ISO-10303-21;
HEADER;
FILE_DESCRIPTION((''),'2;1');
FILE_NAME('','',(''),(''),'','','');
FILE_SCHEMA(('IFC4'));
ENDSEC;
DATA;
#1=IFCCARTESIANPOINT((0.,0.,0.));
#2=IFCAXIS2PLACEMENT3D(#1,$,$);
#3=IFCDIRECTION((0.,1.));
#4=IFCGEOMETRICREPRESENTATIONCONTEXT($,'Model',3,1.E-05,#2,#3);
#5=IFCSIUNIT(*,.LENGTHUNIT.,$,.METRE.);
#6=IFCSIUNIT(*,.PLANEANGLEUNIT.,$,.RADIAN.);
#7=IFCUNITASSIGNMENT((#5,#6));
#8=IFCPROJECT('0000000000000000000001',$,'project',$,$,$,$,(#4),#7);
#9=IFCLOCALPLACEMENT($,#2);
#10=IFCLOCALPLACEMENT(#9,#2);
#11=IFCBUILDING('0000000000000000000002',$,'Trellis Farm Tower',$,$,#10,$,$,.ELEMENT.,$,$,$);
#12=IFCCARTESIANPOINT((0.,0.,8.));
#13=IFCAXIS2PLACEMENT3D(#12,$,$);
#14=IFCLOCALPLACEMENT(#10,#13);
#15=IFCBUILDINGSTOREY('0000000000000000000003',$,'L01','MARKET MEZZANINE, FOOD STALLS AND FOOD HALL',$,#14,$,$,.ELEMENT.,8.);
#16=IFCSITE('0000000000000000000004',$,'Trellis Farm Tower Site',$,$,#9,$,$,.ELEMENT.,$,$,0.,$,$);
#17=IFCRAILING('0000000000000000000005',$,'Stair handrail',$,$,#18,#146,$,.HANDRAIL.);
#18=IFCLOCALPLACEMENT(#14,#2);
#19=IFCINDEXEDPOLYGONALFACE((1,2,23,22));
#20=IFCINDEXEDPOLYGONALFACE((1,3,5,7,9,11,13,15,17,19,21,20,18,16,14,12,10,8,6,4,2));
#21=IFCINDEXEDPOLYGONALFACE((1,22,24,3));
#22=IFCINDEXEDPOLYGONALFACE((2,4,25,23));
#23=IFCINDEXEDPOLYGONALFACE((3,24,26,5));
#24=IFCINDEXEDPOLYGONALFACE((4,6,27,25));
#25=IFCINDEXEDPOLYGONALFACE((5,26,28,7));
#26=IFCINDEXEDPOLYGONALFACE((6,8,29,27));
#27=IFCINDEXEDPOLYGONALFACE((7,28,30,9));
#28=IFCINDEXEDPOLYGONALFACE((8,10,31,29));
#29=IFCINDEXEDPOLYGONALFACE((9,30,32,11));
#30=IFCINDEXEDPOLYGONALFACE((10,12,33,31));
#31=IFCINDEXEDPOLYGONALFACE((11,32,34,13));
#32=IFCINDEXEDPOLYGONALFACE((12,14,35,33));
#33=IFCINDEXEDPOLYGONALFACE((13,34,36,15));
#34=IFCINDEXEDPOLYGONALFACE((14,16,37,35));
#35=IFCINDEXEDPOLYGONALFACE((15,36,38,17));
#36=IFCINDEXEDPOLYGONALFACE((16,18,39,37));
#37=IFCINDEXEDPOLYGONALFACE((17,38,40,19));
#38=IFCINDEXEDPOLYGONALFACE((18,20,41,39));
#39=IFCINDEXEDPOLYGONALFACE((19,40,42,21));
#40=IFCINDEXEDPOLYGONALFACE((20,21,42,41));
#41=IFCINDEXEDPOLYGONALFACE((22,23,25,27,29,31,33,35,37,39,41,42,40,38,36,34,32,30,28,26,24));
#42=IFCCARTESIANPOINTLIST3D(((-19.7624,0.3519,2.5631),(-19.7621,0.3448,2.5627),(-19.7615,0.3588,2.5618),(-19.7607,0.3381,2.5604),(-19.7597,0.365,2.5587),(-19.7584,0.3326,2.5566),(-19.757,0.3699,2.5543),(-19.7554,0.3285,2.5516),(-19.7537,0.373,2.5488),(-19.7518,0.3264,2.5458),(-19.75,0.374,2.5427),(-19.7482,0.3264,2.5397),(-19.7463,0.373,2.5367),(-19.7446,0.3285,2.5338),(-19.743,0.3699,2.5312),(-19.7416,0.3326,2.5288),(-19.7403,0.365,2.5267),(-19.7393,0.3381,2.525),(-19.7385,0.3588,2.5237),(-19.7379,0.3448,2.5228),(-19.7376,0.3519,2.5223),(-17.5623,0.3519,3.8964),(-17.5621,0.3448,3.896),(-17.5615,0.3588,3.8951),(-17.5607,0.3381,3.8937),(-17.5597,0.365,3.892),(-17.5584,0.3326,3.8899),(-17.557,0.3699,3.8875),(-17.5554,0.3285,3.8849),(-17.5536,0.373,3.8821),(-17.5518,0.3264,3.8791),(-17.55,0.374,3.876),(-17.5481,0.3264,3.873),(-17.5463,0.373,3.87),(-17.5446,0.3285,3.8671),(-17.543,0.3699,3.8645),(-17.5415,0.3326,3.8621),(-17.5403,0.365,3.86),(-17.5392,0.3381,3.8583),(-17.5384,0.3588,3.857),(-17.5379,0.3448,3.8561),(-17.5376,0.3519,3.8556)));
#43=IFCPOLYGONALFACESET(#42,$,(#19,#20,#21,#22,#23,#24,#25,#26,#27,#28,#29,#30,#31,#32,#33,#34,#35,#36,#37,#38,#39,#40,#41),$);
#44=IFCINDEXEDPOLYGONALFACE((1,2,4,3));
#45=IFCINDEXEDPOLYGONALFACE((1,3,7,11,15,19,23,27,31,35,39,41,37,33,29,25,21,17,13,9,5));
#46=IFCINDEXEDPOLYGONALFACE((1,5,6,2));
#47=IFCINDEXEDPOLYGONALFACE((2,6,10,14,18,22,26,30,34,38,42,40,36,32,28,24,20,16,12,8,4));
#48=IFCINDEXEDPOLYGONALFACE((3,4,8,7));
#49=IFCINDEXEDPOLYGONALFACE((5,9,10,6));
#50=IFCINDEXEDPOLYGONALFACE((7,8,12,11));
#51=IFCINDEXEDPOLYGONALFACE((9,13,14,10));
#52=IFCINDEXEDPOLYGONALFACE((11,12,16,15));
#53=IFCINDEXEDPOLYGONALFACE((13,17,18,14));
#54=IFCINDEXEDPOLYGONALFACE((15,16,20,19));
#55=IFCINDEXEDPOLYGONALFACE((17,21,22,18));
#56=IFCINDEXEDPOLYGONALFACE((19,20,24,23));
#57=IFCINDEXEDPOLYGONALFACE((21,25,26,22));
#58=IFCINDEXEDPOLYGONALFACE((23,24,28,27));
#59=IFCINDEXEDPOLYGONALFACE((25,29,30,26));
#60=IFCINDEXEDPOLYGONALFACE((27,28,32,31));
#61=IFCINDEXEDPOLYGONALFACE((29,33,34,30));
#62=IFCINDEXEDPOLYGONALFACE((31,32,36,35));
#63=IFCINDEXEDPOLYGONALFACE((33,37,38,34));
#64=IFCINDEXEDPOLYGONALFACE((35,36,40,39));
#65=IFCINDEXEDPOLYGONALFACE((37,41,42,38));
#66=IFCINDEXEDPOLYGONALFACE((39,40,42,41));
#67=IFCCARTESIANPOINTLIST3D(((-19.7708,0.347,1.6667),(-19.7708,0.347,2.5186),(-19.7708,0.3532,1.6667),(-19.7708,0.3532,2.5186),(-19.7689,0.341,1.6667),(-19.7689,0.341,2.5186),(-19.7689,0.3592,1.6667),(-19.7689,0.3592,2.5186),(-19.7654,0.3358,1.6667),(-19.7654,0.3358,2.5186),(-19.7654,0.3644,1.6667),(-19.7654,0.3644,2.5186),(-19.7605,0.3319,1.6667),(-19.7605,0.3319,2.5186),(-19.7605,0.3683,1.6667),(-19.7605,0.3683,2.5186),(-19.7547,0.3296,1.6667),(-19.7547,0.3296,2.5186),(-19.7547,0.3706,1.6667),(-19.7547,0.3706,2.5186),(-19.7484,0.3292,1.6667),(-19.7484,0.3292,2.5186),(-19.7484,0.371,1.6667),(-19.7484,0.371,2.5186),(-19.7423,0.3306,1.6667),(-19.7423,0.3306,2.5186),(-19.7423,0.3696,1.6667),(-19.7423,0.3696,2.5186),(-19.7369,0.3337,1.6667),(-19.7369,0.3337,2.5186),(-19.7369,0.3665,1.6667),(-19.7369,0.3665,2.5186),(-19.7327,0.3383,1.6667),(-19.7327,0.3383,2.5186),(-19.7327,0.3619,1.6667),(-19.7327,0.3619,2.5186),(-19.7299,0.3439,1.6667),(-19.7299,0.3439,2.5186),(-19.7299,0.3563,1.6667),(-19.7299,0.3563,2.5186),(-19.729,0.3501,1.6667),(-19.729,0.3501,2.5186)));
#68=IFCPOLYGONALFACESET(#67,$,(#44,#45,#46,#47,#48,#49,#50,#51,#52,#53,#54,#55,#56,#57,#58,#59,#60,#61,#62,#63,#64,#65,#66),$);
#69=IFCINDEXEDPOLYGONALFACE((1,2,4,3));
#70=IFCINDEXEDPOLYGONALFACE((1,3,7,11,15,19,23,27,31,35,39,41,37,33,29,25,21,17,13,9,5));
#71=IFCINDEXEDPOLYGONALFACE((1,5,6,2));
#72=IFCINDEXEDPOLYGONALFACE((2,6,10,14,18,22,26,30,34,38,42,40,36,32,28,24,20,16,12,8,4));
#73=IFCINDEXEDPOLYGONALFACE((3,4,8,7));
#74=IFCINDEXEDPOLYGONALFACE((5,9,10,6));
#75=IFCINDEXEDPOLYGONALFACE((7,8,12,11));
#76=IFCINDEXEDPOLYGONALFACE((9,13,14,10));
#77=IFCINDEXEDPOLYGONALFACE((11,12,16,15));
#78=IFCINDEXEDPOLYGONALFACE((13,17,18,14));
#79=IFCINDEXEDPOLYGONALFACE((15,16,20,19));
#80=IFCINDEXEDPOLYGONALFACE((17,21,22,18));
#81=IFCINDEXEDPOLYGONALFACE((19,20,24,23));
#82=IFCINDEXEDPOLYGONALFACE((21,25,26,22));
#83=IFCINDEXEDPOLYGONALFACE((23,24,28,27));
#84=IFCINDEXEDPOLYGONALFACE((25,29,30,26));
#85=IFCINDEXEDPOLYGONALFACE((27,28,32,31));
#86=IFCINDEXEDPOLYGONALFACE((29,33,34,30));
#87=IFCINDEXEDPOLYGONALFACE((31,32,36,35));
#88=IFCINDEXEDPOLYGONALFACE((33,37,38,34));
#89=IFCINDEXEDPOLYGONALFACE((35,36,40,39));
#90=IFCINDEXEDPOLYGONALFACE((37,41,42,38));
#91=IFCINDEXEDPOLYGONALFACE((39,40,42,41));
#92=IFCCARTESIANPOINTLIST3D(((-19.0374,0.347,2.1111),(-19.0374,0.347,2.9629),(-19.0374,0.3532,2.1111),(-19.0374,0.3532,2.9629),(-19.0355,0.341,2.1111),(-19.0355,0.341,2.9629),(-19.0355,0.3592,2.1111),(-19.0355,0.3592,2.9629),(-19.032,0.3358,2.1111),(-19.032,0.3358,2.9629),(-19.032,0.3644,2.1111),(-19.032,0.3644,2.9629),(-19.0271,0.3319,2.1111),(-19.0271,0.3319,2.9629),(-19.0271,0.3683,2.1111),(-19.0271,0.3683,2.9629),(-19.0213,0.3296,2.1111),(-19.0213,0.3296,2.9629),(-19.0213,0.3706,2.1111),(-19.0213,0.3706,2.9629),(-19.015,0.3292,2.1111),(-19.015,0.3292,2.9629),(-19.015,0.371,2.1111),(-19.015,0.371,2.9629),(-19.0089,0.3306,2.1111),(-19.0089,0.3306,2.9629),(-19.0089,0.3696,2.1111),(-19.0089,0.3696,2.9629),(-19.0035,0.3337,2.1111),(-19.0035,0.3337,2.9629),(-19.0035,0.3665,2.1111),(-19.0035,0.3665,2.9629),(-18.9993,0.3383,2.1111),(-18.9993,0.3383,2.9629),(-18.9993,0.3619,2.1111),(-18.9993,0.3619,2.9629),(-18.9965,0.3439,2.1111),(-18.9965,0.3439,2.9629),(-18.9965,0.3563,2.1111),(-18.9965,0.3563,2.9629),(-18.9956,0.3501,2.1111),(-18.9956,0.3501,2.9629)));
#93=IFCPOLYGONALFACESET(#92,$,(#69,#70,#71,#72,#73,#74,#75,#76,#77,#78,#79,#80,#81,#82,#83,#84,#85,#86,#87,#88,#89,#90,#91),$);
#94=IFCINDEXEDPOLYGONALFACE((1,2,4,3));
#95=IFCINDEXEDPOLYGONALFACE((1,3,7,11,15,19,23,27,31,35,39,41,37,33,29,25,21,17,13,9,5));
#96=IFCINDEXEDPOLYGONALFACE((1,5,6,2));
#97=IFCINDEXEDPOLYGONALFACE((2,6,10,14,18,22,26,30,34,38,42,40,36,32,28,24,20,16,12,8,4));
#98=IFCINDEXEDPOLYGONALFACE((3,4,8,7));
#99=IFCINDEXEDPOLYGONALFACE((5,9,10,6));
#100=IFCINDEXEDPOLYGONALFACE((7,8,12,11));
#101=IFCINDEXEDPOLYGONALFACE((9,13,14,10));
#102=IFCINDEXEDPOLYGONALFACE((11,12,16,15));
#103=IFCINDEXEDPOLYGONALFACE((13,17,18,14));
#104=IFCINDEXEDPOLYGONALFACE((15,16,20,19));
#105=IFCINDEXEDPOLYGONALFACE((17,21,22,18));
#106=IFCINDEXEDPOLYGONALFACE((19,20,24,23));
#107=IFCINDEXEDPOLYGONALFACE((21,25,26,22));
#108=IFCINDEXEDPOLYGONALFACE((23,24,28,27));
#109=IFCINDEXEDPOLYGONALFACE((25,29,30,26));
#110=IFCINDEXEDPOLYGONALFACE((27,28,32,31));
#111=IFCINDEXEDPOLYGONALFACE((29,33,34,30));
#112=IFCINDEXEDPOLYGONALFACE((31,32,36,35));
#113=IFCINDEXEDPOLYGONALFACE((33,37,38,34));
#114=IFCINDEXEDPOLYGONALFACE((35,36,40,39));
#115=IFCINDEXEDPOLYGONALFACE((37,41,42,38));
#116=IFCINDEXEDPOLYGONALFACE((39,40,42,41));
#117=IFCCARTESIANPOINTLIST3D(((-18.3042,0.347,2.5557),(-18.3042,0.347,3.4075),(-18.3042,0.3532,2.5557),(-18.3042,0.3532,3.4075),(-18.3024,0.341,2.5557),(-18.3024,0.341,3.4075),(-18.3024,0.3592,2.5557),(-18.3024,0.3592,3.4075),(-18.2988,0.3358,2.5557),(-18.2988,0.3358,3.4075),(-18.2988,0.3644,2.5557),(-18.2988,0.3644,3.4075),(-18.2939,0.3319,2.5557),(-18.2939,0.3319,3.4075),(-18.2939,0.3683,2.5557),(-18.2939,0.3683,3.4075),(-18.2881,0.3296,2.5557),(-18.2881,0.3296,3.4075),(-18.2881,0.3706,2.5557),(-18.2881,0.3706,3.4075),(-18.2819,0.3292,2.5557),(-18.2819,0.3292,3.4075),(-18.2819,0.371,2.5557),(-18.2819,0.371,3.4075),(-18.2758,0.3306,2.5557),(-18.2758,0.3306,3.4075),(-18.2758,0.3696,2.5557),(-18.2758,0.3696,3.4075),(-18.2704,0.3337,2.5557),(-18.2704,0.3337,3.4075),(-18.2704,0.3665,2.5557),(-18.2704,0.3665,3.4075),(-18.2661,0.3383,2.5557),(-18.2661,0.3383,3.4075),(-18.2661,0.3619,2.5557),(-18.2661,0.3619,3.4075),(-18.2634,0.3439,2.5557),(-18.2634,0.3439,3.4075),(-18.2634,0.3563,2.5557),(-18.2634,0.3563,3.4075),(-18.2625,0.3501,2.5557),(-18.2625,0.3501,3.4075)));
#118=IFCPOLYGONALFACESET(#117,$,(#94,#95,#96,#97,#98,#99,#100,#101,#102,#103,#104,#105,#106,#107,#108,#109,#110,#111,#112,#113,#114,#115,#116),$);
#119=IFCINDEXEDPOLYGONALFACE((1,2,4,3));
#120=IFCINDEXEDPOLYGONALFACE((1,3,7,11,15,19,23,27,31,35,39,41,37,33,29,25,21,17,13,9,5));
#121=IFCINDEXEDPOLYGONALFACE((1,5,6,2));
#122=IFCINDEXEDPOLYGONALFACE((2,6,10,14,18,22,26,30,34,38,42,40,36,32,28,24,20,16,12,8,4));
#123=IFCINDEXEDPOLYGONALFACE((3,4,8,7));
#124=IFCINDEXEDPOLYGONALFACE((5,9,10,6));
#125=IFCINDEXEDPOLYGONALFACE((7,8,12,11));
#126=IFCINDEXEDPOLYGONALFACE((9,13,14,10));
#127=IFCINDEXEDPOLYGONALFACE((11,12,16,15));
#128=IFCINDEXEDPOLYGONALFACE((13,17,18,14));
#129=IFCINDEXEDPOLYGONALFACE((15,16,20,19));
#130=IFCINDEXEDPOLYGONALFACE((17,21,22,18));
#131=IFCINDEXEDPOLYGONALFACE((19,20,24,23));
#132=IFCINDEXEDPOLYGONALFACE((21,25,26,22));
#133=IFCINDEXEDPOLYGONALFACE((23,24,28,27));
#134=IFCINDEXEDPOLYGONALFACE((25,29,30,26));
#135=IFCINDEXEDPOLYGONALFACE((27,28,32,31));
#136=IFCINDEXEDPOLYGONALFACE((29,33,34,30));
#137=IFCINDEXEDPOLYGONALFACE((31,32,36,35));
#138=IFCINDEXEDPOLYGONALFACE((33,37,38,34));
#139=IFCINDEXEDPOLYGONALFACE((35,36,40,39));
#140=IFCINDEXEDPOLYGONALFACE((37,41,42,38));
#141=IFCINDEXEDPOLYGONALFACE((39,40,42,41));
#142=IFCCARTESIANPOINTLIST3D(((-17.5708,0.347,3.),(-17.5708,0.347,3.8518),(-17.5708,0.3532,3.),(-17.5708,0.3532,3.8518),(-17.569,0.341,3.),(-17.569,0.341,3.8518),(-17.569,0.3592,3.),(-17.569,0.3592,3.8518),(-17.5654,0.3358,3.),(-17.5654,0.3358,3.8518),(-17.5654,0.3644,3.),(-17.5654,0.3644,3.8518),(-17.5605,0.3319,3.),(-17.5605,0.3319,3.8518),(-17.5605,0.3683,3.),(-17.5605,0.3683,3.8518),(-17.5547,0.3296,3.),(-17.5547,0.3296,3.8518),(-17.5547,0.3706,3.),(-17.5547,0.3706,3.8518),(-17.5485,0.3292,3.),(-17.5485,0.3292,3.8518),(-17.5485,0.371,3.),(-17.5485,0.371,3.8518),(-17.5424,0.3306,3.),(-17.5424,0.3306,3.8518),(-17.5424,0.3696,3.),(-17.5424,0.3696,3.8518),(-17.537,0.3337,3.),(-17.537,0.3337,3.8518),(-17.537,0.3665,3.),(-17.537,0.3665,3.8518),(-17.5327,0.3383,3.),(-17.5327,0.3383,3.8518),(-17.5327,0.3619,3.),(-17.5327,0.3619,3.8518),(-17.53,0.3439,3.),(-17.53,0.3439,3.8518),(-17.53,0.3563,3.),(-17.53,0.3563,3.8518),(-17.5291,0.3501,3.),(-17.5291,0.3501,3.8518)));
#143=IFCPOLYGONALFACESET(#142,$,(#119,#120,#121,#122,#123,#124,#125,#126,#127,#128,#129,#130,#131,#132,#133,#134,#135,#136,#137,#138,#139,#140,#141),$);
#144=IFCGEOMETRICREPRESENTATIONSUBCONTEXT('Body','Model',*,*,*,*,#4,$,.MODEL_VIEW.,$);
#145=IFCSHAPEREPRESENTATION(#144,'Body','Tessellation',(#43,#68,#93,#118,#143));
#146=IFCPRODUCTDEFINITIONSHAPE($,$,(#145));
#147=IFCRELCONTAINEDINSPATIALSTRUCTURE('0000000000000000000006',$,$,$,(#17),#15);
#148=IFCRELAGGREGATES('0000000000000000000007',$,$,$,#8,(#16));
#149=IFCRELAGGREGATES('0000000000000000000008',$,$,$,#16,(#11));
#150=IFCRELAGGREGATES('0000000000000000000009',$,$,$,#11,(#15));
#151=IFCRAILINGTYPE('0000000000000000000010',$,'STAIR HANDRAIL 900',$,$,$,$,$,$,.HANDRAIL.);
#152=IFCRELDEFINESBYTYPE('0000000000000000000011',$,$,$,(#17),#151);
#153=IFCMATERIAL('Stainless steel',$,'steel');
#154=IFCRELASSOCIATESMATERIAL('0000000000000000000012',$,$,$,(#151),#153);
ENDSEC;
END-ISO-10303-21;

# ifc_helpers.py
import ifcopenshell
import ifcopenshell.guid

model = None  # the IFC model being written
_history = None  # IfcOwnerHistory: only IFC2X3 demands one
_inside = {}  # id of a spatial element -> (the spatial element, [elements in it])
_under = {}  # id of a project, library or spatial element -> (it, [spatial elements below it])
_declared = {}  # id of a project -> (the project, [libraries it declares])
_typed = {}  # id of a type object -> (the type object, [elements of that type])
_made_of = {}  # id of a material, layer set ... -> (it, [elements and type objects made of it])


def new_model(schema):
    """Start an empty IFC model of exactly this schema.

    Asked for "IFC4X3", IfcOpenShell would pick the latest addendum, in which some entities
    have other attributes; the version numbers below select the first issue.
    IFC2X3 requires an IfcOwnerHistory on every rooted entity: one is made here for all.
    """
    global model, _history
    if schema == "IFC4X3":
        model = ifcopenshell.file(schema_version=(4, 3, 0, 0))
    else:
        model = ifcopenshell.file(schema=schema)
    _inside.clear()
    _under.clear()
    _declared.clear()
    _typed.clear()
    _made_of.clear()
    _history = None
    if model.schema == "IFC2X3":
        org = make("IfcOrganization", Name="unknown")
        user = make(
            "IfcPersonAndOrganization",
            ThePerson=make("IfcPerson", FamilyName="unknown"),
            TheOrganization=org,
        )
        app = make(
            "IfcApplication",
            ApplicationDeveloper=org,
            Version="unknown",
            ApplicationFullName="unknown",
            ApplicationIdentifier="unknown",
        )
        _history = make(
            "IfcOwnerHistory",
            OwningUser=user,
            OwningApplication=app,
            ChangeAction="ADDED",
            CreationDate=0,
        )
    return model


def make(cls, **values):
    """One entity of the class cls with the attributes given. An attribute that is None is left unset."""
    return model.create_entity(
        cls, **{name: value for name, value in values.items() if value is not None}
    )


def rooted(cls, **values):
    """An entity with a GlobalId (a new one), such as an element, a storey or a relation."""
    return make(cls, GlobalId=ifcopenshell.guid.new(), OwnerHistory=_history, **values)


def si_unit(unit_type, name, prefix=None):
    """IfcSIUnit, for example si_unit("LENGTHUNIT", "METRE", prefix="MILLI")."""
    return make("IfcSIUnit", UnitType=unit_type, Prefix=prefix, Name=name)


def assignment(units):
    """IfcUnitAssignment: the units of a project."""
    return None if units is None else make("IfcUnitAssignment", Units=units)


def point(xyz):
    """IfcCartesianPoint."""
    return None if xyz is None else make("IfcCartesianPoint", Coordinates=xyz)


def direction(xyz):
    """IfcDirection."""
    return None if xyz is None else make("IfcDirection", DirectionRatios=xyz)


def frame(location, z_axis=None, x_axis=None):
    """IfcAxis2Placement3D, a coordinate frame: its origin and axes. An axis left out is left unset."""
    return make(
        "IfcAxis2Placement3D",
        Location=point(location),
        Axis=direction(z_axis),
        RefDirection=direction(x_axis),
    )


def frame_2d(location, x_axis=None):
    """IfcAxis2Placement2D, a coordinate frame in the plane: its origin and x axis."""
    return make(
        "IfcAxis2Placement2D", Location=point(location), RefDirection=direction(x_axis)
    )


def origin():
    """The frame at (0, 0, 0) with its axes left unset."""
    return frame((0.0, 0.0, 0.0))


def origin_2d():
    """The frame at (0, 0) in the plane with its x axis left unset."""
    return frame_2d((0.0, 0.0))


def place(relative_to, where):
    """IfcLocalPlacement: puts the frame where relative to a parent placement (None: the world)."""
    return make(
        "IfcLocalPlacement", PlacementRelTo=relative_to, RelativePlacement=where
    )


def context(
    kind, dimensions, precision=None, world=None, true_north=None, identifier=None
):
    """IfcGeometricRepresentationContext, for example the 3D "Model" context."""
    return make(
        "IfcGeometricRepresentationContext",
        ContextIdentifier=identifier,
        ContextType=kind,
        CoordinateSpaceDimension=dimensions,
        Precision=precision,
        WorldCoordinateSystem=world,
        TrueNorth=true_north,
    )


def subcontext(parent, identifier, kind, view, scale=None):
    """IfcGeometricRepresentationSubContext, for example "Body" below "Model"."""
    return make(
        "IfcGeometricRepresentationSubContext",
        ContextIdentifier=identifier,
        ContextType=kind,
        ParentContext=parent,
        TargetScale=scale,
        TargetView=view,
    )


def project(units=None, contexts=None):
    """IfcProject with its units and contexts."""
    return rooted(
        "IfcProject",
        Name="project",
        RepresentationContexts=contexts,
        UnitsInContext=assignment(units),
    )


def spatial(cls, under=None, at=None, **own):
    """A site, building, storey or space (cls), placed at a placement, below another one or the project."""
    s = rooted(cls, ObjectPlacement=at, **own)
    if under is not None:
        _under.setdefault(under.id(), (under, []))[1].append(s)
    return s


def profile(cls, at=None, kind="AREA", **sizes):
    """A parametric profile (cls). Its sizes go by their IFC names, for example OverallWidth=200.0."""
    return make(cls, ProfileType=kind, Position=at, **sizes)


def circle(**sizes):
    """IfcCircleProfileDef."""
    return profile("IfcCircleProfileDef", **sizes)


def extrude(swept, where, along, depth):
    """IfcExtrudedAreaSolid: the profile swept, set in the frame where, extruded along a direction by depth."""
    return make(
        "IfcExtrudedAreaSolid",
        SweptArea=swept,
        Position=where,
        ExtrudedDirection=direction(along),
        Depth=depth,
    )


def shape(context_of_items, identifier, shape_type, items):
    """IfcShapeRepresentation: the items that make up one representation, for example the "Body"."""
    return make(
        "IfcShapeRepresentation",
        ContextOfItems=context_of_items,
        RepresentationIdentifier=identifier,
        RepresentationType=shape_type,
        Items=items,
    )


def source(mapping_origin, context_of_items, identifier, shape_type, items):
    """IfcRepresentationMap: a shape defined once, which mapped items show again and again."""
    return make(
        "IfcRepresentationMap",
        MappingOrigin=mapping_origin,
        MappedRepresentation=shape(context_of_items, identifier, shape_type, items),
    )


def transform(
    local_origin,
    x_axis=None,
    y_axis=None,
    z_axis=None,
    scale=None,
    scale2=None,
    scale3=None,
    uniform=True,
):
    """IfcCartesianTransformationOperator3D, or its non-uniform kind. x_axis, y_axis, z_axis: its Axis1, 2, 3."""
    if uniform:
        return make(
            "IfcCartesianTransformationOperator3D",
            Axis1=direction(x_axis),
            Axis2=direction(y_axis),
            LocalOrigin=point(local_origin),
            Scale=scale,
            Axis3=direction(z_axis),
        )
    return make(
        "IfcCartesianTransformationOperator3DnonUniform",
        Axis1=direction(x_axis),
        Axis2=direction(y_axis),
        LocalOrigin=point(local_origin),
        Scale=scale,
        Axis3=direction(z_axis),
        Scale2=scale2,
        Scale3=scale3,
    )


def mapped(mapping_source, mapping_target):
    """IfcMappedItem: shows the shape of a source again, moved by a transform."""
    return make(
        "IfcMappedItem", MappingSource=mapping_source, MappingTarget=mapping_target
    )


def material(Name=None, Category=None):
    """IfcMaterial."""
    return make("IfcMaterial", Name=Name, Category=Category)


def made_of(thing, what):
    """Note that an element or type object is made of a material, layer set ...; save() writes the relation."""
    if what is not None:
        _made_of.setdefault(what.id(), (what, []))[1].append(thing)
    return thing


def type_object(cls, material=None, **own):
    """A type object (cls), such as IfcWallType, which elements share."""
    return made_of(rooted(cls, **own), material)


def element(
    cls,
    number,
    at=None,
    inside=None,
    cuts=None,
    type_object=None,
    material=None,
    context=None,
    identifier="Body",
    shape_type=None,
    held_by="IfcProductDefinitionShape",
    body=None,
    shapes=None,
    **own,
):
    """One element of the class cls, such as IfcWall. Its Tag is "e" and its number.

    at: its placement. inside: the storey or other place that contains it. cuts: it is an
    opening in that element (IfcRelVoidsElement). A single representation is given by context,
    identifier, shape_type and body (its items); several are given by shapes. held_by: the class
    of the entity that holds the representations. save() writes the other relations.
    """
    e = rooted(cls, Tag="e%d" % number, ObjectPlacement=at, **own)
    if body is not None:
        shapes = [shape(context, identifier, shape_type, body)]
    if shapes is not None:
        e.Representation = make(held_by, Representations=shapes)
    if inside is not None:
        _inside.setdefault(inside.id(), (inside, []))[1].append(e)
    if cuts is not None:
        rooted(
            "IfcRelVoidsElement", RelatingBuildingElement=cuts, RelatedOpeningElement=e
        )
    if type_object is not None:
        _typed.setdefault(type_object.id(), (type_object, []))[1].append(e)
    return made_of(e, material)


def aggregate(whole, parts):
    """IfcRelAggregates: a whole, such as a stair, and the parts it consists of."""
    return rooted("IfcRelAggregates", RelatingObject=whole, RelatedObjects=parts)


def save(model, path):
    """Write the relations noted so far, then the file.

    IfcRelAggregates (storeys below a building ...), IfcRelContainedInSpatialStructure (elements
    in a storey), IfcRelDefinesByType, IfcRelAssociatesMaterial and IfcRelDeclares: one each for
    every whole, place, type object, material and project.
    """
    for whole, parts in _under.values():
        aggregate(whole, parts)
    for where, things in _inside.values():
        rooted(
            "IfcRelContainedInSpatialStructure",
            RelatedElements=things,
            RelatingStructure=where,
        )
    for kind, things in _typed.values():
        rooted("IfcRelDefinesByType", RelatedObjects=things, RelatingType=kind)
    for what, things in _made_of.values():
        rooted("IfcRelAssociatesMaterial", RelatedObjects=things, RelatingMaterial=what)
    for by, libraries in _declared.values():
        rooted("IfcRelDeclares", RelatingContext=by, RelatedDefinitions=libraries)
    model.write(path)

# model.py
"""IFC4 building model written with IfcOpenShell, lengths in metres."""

from ifc_helpers import new_model, si_unit, direction, frame, origin, origin_2d, place, context, subcontext, project, spatial, circle, extrude, source, transform, mapped, material, type_object, element, save


model = new_model("IFC4")

# Units and contexts
model_context = context("Model", 3, precision=1e-05, world=origin(), true_north=direction((0.0, 1.0)))
body_context = subcontext(model_context, "Body", "Model", "MODEL_VIEW")
ifc_project = project(units=[si_unit("LENGTHUNIT", "METRE"), si_unit("PLANEANGLEUNIT", "RADIAN")], contexts=[model_context])

# Site, building, storey
site_placement = place(None, origin())
site = spatial("IfcSite", under=ifc_project, at=site_placement, Name="Trellis Farm Tower Site", CompositionType="ELEMENT", RefElevation=0.0)
building_placement = place(site_placement, origin())
building = spatial("IfcBuilding", under=site, at=building_placement, Name="Trellis Farm Tower", CompositionType="ELEMENT")
storey_placement = place(building_placement, frame((0.0, 0.0, 8.0)))
storey = spatial("IfcBuildingStorey", under=building, at=storey_placement, Name="L01", Description="MARKET MEZZANINE, FOOD STALLS AND FOOD HALL", CompositionType="ELEMENT", Elevation=8.0)

# Railing
ifc_material_1 = material(Name="Stainless steel", Category="steel")
railing_type = type_object("IfcRailingType", Name="STAIR HANDRAIL 900", PredefinedType="HANDRAIL", material=ifc_material_1)
shared_shape_1 = source(origin(), body_context, "Body", "SweptSolid", [
    extrude(circle(Radius=0.0239, at=origin_2d()), frame((0.0, 0.0, 0.876), z_axis=(0.855207, 0.0, 0.518287), x_axis=(0.0, 1.0, 0.0)), (0.0, 0.0, 1.0), 2.5725),
    extrude(circle(Radius=0.021, at=origin_2d()), origin(), (0.0, 0.0, 1.0), 0.8518),
    extrude(circle(Radius=0.021, at=origin_2d()), frame((0.7334, 0.0, 0.4443)), (0.0, 0.0, 1.0), 0.8518),
    extrude(circle(Radius=0.021, at=origin_2d()), frame((1.4666, 0.0, 0.8889)), (0.0, 0.0, 1.0), 0.8518),
    extrude(circle(Radius=0.021, at=origin_2d()), frame((2.2, 0.0, 1.3333)), (0.0, 0.0, 1.0), 0.8518),
])
for number, where, name in (
    (1, (-19.75, 0.3501, 1.6667), "Stair handrail"),
):
    element("IfcRailing", number, at=place(storey_placement, frame(where)), inside=storey, type_object=railing_type, Name=name, PredefinedType="HANDRAIL", context=body_context, shape_type="MappedRepresentation", body=[
        mapped(shared_shape_1, transform((0.0, 0.0, 0.0))),
    ])

save(model, "model.ifc")
